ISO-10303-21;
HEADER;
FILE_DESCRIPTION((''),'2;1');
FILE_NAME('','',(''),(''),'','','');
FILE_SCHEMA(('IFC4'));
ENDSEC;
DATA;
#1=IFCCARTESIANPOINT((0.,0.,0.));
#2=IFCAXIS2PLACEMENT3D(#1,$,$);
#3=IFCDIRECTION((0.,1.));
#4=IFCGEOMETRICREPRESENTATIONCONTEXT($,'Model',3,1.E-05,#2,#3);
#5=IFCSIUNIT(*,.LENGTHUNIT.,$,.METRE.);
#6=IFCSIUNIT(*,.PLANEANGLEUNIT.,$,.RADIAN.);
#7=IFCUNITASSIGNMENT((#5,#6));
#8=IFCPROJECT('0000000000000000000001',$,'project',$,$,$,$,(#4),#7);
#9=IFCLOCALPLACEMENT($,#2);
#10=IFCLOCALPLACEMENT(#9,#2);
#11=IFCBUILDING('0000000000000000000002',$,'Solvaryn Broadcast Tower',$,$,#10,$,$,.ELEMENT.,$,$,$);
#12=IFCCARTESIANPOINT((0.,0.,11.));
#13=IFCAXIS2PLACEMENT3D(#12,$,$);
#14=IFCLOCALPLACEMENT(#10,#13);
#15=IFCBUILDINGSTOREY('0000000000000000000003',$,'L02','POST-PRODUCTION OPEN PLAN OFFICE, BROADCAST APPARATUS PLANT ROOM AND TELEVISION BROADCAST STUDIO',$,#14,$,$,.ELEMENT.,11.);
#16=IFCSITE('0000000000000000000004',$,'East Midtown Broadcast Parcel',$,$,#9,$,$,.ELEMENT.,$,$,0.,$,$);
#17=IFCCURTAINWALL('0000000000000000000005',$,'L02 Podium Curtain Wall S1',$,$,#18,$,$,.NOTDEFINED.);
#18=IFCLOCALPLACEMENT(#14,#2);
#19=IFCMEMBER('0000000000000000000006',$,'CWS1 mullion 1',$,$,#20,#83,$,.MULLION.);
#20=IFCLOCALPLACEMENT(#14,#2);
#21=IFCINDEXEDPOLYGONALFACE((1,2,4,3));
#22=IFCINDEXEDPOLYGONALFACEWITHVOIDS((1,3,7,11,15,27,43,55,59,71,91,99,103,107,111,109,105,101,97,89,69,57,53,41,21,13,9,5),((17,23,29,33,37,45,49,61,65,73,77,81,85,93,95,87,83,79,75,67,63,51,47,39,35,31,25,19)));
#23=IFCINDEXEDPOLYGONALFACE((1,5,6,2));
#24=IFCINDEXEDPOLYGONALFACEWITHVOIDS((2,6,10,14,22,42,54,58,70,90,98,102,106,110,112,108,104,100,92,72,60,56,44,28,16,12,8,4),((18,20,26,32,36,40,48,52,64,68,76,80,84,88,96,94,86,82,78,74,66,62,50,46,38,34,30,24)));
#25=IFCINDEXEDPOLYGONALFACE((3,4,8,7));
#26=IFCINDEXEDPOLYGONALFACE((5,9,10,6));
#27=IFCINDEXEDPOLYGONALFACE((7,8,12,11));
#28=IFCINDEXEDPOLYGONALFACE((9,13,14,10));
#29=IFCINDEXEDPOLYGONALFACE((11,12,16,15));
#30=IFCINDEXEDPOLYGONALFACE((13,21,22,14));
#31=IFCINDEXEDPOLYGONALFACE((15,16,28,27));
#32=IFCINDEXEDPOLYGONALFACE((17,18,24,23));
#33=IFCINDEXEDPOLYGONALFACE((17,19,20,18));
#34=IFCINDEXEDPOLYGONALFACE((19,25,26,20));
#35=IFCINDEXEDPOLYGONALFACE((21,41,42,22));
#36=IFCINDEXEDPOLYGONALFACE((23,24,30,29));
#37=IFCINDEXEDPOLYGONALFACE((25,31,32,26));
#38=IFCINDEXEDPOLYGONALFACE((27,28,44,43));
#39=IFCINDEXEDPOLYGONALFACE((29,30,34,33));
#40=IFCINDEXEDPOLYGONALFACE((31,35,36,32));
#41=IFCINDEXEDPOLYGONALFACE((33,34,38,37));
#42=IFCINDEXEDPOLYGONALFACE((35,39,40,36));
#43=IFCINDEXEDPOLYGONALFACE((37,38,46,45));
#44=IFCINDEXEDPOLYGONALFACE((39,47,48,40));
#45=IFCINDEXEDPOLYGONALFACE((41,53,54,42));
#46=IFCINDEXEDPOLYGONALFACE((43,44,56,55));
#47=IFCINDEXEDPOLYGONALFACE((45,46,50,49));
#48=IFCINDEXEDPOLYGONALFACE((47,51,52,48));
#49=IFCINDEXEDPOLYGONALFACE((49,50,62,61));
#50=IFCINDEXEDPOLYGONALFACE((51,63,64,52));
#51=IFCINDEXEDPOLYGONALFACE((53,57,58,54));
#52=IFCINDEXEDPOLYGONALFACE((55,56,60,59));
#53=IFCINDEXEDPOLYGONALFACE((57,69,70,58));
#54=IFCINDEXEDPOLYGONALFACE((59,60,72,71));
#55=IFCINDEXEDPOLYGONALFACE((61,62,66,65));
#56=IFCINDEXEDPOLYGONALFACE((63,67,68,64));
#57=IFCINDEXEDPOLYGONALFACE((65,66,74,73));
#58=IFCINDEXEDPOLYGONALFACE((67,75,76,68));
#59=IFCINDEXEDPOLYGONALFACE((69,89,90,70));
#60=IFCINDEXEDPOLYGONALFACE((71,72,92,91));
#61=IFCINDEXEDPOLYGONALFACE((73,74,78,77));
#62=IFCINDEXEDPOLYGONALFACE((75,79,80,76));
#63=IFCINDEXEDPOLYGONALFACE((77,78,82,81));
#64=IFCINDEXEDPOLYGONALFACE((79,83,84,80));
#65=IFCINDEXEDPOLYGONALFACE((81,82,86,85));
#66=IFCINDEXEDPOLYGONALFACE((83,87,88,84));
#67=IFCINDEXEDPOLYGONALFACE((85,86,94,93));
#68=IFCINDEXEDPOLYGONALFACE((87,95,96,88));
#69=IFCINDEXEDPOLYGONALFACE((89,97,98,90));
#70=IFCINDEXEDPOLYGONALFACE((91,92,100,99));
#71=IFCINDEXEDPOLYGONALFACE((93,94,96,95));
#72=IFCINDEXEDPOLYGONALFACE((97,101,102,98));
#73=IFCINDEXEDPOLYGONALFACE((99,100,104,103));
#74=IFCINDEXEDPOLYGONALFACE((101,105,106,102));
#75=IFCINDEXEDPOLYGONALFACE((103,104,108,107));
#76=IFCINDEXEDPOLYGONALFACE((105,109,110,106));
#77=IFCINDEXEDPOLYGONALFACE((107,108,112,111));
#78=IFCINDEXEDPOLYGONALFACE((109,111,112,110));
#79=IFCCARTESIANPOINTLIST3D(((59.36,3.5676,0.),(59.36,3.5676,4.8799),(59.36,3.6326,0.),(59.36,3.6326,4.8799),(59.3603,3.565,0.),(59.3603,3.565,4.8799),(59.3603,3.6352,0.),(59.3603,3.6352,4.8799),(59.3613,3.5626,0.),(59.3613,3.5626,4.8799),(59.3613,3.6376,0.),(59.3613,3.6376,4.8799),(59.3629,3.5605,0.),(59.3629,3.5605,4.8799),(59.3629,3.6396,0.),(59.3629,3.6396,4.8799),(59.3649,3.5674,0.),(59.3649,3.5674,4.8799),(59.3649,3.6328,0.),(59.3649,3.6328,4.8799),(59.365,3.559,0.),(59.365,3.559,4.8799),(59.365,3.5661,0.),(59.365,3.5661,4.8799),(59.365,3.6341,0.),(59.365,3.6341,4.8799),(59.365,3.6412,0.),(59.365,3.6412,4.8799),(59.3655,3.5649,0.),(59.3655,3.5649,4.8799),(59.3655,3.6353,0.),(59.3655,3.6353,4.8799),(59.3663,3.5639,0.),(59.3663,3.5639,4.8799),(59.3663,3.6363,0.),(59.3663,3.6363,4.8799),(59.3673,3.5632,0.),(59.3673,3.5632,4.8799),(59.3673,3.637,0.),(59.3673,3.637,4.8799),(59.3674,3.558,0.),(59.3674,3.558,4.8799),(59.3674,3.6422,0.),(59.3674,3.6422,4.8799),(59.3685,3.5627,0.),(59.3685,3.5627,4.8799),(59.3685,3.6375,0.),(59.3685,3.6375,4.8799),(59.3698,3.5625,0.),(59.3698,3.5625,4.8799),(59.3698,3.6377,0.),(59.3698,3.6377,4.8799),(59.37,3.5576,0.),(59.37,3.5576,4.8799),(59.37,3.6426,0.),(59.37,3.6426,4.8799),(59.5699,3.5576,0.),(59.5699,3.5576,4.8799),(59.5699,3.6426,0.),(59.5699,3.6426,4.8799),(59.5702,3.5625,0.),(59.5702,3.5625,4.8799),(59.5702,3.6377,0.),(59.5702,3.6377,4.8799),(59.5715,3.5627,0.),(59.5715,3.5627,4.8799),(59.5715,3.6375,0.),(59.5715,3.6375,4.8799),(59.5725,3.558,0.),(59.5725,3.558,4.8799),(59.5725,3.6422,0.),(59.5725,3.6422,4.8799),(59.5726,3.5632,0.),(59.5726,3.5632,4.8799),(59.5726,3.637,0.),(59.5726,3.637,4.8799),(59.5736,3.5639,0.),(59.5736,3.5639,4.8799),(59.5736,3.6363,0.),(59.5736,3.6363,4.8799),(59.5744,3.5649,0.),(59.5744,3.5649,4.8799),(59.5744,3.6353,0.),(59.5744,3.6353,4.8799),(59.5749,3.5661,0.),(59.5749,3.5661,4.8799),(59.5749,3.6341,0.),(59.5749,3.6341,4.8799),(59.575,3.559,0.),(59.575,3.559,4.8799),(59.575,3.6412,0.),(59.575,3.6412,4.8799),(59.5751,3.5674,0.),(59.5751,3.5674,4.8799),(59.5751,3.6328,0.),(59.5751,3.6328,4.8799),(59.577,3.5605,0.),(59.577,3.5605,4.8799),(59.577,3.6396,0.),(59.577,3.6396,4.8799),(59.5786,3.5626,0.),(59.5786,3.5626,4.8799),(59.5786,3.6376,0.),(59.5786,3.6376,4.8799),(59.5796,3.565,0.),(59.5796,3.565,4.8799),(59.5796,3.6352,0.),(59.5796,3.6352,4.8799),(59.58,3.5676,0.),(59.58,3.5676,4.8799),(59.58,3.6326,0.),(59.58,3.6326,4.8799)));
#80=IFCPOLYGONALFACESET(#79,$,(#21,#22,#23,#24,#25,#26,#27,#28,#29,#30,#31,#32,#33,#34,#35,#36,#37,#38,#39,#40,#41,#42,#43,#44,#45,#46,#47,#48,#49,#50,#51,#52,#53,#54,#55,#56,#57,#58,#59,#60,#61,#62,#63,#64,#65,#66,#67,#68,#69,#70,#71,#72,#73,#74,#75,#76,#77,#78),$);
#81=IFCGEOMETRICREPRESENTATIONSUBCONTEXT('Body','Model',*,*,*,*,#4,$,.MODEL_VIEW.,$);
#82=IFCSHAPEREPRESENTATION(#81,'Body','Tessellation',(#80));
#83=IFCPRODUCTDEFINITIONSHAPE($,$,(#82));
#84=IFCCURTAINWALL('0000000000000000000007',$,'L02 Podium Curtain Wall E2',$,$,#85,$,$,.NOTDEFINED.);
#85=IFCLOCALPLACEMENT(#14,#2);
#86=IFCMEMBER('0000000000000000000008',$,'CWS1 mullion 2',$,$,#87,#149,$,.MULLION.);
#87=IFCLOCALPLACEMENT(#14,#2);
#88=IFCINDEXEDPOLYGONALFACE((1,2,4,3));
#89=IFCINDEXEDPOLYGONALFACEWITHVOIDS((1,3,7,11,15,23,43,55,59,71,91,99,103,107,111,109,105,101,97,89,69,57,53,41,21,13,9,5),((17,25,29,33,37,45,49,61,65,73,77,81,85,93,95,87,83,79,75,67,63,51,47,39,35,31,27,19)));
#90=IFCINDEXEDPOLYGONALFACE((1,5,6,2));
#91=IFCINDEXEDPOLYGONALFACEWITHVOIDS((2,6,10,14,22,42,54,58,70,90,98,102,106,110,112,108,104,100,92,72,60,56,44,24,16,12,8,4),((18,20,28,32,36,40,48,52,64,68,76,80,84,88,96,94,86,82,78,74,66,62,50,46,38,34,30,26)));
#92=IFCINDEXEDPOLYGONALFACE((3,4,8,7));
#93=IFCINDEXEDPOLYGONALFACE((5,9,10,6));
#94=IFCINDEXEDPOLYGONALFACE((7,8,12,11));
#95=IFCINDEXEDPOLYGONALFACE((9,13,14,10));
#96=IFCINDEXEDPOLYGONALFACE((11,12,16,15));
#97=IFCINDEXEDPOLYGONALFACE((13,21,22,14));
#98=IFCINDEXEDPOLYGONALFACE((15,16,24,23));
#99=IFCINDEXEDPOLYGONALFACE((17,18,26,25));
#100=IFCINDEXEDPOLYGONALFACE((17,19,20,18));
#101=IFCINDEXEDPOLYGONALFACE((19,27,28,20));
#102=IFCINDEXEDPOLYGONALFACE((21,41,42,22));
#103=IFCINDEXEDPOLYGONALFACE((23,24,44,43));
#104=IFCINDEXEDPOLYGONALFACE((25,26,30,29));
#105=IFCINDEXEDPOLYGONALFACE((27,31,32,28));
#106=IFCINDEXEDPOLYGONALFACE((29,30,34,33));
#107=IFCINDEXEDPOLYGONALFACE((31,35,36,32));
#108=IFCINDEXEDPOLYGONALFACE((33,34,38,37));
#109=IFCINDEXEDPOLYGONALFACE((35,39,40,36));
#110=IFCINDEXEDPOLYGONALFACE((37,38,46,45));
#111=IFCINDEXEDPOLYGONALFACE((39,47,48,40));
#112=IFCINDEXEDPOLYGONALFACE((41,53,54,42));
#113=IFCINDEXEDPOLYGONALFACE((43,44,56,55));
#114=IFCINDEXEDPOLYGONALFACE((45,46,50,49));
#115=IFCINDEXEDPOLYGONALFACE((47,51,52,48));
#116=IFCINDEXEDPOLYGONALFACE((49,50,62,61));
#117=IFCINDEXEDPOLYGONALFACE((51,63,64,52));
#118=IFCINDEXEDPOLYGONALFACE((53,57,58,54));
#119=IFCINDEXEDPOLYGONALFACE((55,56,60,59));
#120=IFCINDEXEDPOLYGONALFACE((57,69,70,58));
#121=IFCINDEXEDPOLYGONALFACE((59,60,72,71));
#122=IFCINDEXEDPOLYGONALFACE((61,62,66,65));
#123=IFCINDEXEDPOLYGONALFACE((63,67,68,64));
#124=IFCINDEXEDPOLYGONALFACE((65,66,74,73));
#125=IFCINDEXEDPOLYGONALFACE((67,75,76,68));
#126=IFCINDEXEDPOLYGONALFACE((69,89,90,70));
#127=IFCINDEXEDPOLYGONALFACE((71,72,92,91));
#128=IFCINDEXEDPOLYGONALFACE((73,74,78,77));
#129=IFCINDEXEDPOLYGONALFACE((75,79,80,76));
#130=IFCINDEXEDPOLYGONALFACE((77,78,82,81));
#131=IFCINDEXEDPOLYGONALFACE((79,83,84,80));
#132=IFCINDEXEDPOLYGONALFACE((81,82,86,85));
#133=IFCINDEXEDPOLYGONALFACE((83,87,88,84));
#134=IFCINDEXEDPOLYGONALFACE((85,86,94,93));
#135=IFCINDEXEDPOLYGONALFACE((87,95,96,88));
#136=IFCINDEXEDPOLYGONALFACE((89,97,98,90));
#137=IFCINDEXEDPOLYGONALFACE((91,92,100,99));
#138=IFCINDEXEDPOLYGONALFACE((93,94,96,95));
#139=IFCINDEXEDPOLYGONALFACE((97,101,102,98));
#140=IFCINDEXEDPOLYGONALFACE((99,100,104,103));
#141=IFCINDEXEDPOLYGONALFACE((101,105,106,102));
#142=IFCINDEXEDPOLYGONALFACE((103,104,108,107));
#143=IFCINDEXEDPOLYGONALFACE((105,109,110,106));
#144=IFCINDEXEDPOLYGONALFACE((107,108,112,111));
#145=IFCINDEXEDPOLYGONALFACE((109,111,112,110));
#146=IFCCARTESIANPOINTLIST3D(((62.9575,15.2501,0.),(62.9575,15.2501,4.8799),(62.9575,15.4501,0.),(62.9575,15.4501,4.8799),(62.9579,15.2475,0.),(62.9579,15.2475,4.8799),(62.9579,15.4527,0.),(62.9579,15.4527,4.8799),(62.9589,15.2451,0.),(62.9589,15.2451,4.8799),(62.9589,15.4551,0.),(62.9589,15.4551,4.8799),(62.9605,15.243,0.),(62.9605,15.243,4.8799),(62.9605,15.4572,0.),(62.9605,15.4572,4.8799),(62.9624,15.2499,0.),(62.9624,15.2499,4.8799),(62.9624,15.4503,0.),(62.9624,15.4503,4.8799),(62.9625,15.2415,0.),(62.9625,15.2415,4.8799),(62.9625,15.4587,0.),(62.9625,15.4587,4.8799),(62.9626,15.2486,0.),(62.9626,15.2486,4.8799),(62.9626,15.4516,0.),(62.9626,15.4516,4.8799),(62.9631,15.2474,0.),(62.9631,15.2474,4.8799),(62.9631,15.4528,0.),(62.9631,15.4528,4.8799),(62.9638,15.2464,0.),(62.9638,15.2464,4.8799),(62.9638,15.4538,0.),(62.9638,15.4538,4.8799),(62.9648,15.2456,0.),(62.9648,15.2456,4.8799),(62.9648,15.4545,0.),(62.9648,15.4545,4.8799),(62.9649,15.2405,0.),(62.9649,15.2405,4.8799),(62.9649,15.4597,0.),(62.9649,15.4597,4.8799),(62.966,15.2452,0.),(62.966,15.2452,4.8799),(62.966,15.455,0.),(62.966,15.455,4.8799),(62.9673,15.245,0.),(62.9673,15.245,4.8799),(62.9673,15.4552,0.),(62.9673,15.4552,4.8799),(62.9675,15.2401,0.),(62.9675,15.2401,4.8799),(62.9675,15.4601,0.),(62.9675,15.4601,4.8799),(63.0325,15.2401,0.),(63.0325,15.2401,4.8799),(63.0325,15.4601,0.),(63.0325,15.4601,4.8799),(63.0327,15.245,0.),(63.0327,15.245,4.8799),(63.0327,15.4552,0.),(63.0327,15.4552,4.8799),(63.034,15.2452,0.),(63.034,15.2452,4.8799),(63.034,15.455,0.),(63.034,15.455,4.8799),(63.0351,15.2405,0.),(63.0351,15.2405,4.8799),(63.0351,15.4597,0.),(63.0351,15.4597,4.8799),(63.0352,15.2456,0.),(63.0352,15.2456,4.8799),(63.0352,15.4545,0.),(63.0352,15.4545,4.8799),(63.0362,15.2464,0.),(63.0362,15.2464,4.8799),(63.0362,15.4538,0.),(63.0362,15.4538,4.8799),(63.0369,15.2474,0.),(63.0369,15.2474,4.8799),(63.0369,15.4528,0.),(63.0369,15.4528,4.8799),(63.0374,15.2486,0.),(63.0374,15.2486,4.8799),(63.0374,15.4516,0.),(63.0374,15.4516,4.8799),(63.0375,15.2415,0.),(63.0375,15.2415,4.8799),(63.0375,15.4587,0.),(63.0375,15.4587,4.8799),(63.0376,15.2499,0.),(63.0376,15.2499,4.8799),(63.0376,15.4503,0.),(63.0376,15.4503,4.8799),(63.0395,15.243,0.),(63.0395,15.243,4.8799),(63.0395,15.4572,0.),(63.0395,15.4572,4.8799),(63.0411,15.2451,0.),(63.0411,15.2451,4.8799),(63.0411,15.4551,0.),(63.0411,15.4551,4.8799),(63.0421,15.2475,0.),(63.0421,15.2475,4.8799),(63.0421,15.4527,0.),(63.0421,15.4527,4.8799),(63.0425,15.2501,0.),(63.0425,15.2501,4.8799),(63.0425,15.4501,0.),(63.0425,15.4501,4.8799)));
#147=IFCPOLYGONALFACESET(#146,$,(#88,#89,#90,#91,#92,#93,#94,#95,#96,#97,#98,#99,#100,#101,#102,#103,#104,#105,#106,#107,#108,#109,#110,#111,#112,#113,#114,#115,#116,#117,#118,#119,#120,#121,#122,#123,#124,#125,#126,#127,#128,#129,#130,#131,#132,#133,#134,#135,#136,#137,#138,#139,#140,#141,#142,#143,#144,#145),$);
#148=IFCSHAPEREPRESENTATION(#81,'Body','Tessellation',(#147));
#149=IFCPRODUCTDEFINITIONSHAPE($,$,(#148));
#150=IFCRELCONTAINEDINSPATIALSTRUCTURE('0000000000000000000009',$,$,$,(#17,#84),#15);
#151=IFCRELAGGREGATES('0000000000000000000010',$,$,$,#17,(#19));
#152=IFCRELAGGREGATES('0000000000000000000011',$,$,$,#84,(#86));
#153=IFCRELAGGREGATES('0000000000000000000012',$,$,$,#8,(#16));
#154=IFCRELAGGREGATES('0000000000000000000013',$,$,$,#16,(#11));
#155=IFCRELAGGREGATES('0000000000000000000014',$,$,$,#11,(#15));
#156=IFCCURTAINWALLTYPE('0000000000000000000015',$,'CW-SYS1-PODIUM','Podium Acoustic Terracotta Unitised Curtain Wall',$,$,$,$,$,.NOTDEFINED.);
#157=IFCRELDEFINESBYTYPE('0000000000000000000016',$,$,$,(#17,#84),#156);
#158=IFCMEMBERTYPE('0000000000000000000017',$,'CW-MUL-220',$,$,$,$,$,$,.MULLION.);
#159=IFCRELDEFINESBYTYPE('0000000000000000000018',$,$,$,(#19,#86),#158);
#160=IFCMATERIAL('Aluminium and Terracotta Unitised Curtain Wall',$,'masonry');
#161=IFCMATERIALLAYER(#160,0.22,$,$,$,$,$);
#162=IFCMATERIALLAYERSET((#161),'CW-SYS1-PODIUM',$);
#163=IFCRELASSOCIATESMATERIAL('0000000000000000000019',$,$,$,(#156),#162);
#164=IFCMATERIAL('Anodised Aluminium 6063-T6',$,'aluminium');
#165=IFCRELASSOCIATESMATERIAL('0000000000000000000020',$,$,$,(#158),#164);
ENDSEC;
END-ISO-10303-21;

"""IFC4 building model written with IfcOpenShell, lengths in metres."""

from ifc_helpers import new_model, si_unit, direction, frame, origin, origin_2d, place, context, subcontext, project, spatial, hollow_rectangle, extrude, material, layer, layer_set, material_profile, profile_set, type_object, element, aggregate, save


model = new_model("IFC4")

# Units and contexts
model_context = context("Model", 3, precision=1e-05, world=origin(), true_north=direction((0.0, 1.0)))
body_context = subcontext(model_context, "Body", "Model", "MODEL_VIEW")
ifc_project = project(units=[si_unit("LENGTHUNIT", "METRE"), si_unit("PLANEANGLEUNIT", "RADIAN")], contexts=[model_context])

# Site, building, storey
site_placement = place(None, origin())
site = spatial("IfcSite", under=ifc_project, at=site_placement, Name="East Midtown Broadcast Parcel", CompositionType="ELEMENT", RefElevation=0.0)
building_placement = place(site_placement, origin())
building = spatial("IfcBuilding", under=site, at=building_placement, Name="Solvaryn Broadcast Tower", CompositionType="ELEMENT")
storey_placement = place(building_placement, frame((0.0, 0.0, 11.0)))
storey = spatial("IfcBuildingStorey", under=building, at=storey_placement, Name="L02", Description="POST-PRODUCTION OPEN PLAN OFFICE, BROADCAST APPARATUS PLANT ROOM AND TELEVISION BROADCAST STUDIO", CompositionType="ELEMENT", Elevation=11.0)

# Curtain wall, member
ifc_material_1 = material(Name="Aluminium and Terracotta Unitised Curtain Wall", Category="masonry")
ifc_layer_1 = layer(ifc_material_1, 0.22)
ifc_layer_set_1 = layer_set([ifc_layer_1], Name="CW-SYS1-PODIUM")
curtain_wall_type = type_object("IfcCurtainWallType", Name="CW-SYS1-PODIUM", Description="Podium Acoustic Terracotta Unitised Curtain Wall", PredefinedType="NOTDEFINED", material=ifc_layer_set_1)
curtain_wall_1_placement = place(storey_placement, origin())
curtain_wall_1 = element("IfcCurtainWall", 1, at=curtain_wall_1_placement, inside=storey, type_object=curtain_wall_type, Name="L02 Podium Curtain Wall S1", PredefinedType="NOTDEFINED")
ifc_material_2 = material(Name="Anodised Aluminium 6063-T6", Category="aluminium")
ifc_material_profile_1 = material_profile(ifc_material_2, hollow_rectangle(XDim=0.085, YDim=0.22, WallThickness=0.0049, InnerFilletRadius=0.0049, OuterFilletRadius=0.01, at=origin_2d()))
ifc_profile_set_1 = profile_set([ifc_material_profile_1], Name="Anodised Aluminium 6063-T6")
member_type_1 = type_object("IfcMemberType", Name="CW-MUL-220", PredefinedType="MULLION", material=ifc_profile_set_1)
member_1_placement = place(storey_placement, frame((59.47, 3.6001, 0.0), z_axis=(0.0, 0.0, 1.0), x_axis=(0.0, -1.0, 0.0)))
member_1 = element("IfcMember", 2, at=member_1_placement, type_object=member_type_1, Name="CWS1 mullion 1", PredefinedType="MULLION", context=body_context, shape_type="SweptSolid", body=[
    extrude(hollow_rectangle(XDim=0.085, YDim=0.22, WallThickness=0.0049, InnerFilletRadius=0.0049, OuterFilletRadius=0.01, at=origin_2d()), origin(), (0.0, 0.0, 1.0), 4.8799),
])

# Curtain wall, member
curtain_wall_2_placement = place(storey_placement, origin())
curtain_wall_2 = element("IfcCurtainWall", 3, at=curtain_wall_2_placement, inside=storey, type_object=curtain_wall_type, Name="L02 Podium Curtain Wall E2", PredefinedType="NOTDEFINED")
member_2_placement = place(storey_placement, frame((63.0, 15.3501, 0.0), z_axis=(0.0, 0.0, 1.0), x_axis=(1.0, 0.0, 0.0)))
member_2 = element("IfcMember", 4, at=member_2_placement, type_object=member_type_1, Name="CWS1 mullion 2", PredefinedType="MULLION", context=body_context, shape_type="SweptSolid", body=[
    extrude(hollow_rectangle(XDim=0.085, YDim=0.22, WallThickness=0.0049, InnerFilletRadius=0.0049, OuterFilletRadius=0.01, at=origin_2d()), origin(), (0.0, 0.0, 1.0), 4.8799),
])

aggregate(curtain_wall_1, [member_1])

aggregate(curtain_wall_2, [member_2])

save(model, "model.ifc")
